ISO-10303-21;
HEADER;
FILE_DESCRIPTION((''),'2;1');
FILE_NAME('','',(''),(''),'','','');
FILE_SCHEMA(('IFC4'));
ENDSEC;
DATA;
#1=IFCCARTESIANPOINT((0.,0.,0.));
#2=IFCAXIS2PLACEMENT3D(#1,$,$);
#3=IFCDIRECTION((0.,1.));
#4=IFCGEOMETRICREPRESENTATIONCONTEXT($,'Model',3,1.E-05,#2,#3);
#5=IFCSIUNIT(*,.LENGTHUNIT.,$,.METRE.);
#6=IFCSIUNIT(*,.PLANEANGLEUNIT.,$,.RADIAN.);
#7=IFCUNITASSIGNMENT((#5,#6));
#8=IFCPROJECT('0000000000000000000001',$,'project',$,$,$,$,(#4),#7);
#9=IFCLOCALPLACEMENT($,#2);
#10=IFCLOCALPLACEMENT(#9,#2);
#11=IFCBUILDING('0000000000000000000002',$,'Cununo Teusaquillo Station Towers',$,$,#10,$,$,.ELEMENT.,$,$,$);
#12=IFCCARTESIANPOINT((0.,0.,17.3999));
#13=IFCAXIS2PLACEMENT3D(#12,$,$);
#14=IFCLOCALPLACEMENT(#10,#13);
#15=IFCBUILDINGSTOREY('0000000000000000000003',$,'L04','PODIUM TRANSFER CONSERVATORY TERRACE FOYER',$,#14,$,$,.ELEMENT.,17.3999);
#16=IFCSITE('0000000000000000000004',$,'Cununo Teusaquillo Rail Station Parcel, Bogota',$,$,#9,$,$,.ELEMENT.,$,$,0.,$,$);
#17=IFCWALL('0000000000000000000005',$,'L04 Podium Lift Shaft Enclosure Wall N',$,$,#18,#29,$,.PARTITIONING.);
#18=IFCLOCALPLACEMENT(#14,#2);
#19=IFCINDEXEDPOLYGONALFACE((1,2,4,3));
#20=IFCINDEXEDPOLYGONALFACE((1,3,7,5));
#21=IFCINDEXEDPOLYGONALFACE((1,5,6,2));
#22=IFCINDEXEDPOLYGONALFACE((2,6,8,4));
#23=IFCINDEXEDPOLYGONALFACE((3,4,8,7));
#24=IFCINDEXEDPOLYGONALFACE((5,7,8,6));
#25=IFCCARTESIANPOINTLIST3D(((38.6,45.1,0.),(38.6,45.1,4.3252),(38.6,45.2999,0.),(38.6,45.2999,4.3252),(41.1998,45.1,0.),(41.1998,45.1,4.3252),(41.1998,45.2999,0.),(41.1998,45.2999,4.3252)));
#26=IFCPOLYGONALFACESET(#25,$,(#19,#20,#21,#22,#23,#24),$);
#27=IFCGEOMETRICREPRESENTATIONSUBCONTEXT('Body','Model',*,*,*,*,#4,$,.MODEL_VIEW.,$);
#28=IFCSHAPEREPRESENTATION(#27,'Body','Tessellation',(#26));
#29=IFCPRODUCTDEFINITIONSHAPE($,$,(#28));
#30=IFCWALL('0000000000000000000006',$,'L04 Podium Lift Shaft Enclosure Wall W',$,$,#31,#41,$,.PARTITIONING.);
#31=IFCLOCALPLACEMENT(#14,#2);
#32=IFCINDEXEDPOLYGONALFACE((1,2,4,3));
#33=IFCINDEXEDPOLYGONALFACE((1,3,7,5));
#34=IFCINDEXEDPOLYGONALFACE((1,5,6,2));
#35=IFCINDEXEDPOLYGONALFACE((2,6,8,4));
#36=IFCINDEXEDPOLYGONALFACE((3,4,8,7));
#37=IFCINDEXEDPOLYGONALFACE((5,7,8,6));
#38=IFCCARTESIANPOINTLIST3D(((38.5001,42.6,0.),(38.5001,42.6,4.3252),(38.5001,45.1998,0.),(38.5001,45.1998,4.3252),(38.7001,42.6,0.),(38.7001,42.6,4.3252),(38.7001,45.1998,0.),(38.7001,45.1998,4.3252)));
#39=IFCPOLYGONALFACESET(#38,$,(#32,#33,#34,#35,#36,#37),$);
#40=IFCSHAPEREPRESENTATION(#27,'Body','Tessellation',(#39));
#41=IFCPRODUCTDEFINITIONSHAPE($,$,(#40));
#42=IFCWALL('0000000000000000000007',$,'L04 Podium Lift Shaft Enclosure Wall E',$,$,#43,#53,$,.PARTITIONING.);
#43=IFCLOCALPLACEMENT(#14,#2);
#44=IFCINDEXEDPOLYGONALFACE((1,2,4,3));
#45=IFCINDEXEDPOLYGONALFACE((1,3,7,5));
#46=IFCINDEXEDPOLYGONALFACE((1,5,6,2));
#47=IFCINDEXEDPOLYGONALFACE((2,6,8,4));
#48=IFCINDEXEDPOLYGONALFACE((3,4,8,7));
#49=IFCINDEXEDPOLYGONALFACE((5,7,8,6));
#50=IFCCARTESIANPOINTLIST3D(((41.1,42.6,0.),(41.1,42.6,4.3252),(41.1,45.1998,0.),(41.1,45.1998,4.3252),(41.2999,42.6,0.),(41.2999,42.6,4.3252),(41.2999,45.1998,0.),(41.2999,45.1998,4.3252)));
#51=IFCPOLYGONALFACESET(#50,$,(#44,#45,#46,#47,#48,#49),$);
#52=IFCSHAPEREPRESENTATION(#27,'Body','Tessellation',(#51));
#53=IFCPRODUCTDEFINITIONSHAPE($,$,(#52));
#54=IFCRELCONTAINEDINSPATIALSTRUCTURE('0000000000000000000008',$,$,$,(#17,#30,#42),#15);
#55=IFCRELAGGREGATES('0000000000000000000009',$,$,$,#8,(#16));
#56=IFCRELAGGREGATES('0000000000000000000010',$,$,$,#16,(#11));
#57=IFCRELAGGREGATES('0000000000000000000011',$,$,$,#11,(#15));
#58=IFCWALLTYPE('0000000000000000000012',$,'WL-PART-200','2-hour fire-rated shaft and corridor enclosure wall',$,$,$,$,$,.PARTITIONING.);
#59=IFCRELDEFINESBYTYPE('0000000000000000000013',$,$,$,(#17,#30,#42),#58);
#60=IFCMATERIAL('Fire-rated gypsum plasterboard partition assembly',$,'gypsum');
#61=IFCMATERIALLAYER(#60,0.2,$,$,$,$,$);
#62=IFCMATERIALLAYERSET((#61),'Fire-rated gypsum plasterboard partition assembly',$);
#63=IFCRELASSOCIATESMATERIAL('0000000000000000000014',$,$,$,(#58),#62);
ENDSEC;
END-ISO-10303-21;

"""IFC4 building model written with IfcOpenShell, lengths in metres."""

from ifc_helpers import new_model, si_unit, direction, frame, frame_2d, origin, place, context, subcontext, project, spatial, rectangle, extrude, material, layer, layer_set, type_object, element, save


model = new_model("IFC4")

# Units and contexts
model_context = context("Model", 3, precision=1e-05, world=origin(), true_north=direction((0.0, 1.0)))
body_context = subcontext(model_context, "Body", "Model", "MODEL_VIEW")
ifc_project = project(units=[si_unit("LENGTHUNIT", "METRE"), si_unit("PLANEANGLEUNIT", "RADIAN")], contexts=[model_context])

# Site, building, storey
site_placement = place(None, origin())
site = spatial("IfcSite", under=ifc_project, at=site_placement, Name="Cununo Teusaquillo Rail Station Parcel, Bogota", CompositionType="ELEMENT", RefElevation=0.0)
building_placement = place(site_placement, origin())
building = spatial("IfcBuilding", under=site, at=building_placement, Name="Cununo Teusaquillo Station Towers", CompositionType="ELEMENT")
storey_placement = place(building_placement, frame((0.0, 0.0, 17.3999)))
storey = spatial("IfcBuildingStorey", under=building, at=storey_placement, Name="L04", Description="PODIUM TRANSFER CONSERVATORY TERRACE FOYER", CompositionType="ELEMENT", Elevation=17.3999)

# Shared definitions
ifc_material_1 = material(Name="Fire-rated gypsum plasterboard partition assembly", Category="gypsum")
ifc_layer_1 = layer(ifc_material_1, 0.2)
ifc_layer_set_1 = layer_set([ifc_layer_1], Name="Fire-rated gypsum plasterboard partition assembly")
wall_type_1 = type_object("IfcWallType", Name="WL-PART-200", Description="2-hour fire-rated shaft and corridor enclosure wall", PredefinedType="PARTITIONING", material=ifc_layer_set_1)

# Walls
for number, where, z_axis, x_axis, name in (
    (1, (38.6001, 45.2, 0.0), (0.0, 0.0, 1.0), (1.0, 0.0, 0.0), "L04 Podium Lift Shaft Enclosure Wall N"),
    (2, (38.6001, 42.6001, 0.0), (0.0, 0.0, 1.0), (0.0, 1.0, 0.0), "L04 Podium Lift Shaft Enclosure Wall W"),
    (3, (41.2, 42.6001, 0.0), (0.0, 0.0, 1.0), (0.0, 1.0, 0.0), "L04 Podium Lift Shaft Enclosure Wall E"),
):
    element("IfcWall", number, at=place(storey_placement, frame(where, z_axis=z_axis, x_axis=x_axis)), inside=storey, type_object=wall_type_1, Name=name, PredefinedType="PARTITIONING", context=body_context, shape_type="SweptSolid", body=[
        extrude(rectangle(XDim=2.5999, YDim=0.2, at=frame_2d((1.2998, 0.0))), origin(), (0.0, 0.0, 1.0), 4.3252),
    ])

save(model, "model.ifc")
